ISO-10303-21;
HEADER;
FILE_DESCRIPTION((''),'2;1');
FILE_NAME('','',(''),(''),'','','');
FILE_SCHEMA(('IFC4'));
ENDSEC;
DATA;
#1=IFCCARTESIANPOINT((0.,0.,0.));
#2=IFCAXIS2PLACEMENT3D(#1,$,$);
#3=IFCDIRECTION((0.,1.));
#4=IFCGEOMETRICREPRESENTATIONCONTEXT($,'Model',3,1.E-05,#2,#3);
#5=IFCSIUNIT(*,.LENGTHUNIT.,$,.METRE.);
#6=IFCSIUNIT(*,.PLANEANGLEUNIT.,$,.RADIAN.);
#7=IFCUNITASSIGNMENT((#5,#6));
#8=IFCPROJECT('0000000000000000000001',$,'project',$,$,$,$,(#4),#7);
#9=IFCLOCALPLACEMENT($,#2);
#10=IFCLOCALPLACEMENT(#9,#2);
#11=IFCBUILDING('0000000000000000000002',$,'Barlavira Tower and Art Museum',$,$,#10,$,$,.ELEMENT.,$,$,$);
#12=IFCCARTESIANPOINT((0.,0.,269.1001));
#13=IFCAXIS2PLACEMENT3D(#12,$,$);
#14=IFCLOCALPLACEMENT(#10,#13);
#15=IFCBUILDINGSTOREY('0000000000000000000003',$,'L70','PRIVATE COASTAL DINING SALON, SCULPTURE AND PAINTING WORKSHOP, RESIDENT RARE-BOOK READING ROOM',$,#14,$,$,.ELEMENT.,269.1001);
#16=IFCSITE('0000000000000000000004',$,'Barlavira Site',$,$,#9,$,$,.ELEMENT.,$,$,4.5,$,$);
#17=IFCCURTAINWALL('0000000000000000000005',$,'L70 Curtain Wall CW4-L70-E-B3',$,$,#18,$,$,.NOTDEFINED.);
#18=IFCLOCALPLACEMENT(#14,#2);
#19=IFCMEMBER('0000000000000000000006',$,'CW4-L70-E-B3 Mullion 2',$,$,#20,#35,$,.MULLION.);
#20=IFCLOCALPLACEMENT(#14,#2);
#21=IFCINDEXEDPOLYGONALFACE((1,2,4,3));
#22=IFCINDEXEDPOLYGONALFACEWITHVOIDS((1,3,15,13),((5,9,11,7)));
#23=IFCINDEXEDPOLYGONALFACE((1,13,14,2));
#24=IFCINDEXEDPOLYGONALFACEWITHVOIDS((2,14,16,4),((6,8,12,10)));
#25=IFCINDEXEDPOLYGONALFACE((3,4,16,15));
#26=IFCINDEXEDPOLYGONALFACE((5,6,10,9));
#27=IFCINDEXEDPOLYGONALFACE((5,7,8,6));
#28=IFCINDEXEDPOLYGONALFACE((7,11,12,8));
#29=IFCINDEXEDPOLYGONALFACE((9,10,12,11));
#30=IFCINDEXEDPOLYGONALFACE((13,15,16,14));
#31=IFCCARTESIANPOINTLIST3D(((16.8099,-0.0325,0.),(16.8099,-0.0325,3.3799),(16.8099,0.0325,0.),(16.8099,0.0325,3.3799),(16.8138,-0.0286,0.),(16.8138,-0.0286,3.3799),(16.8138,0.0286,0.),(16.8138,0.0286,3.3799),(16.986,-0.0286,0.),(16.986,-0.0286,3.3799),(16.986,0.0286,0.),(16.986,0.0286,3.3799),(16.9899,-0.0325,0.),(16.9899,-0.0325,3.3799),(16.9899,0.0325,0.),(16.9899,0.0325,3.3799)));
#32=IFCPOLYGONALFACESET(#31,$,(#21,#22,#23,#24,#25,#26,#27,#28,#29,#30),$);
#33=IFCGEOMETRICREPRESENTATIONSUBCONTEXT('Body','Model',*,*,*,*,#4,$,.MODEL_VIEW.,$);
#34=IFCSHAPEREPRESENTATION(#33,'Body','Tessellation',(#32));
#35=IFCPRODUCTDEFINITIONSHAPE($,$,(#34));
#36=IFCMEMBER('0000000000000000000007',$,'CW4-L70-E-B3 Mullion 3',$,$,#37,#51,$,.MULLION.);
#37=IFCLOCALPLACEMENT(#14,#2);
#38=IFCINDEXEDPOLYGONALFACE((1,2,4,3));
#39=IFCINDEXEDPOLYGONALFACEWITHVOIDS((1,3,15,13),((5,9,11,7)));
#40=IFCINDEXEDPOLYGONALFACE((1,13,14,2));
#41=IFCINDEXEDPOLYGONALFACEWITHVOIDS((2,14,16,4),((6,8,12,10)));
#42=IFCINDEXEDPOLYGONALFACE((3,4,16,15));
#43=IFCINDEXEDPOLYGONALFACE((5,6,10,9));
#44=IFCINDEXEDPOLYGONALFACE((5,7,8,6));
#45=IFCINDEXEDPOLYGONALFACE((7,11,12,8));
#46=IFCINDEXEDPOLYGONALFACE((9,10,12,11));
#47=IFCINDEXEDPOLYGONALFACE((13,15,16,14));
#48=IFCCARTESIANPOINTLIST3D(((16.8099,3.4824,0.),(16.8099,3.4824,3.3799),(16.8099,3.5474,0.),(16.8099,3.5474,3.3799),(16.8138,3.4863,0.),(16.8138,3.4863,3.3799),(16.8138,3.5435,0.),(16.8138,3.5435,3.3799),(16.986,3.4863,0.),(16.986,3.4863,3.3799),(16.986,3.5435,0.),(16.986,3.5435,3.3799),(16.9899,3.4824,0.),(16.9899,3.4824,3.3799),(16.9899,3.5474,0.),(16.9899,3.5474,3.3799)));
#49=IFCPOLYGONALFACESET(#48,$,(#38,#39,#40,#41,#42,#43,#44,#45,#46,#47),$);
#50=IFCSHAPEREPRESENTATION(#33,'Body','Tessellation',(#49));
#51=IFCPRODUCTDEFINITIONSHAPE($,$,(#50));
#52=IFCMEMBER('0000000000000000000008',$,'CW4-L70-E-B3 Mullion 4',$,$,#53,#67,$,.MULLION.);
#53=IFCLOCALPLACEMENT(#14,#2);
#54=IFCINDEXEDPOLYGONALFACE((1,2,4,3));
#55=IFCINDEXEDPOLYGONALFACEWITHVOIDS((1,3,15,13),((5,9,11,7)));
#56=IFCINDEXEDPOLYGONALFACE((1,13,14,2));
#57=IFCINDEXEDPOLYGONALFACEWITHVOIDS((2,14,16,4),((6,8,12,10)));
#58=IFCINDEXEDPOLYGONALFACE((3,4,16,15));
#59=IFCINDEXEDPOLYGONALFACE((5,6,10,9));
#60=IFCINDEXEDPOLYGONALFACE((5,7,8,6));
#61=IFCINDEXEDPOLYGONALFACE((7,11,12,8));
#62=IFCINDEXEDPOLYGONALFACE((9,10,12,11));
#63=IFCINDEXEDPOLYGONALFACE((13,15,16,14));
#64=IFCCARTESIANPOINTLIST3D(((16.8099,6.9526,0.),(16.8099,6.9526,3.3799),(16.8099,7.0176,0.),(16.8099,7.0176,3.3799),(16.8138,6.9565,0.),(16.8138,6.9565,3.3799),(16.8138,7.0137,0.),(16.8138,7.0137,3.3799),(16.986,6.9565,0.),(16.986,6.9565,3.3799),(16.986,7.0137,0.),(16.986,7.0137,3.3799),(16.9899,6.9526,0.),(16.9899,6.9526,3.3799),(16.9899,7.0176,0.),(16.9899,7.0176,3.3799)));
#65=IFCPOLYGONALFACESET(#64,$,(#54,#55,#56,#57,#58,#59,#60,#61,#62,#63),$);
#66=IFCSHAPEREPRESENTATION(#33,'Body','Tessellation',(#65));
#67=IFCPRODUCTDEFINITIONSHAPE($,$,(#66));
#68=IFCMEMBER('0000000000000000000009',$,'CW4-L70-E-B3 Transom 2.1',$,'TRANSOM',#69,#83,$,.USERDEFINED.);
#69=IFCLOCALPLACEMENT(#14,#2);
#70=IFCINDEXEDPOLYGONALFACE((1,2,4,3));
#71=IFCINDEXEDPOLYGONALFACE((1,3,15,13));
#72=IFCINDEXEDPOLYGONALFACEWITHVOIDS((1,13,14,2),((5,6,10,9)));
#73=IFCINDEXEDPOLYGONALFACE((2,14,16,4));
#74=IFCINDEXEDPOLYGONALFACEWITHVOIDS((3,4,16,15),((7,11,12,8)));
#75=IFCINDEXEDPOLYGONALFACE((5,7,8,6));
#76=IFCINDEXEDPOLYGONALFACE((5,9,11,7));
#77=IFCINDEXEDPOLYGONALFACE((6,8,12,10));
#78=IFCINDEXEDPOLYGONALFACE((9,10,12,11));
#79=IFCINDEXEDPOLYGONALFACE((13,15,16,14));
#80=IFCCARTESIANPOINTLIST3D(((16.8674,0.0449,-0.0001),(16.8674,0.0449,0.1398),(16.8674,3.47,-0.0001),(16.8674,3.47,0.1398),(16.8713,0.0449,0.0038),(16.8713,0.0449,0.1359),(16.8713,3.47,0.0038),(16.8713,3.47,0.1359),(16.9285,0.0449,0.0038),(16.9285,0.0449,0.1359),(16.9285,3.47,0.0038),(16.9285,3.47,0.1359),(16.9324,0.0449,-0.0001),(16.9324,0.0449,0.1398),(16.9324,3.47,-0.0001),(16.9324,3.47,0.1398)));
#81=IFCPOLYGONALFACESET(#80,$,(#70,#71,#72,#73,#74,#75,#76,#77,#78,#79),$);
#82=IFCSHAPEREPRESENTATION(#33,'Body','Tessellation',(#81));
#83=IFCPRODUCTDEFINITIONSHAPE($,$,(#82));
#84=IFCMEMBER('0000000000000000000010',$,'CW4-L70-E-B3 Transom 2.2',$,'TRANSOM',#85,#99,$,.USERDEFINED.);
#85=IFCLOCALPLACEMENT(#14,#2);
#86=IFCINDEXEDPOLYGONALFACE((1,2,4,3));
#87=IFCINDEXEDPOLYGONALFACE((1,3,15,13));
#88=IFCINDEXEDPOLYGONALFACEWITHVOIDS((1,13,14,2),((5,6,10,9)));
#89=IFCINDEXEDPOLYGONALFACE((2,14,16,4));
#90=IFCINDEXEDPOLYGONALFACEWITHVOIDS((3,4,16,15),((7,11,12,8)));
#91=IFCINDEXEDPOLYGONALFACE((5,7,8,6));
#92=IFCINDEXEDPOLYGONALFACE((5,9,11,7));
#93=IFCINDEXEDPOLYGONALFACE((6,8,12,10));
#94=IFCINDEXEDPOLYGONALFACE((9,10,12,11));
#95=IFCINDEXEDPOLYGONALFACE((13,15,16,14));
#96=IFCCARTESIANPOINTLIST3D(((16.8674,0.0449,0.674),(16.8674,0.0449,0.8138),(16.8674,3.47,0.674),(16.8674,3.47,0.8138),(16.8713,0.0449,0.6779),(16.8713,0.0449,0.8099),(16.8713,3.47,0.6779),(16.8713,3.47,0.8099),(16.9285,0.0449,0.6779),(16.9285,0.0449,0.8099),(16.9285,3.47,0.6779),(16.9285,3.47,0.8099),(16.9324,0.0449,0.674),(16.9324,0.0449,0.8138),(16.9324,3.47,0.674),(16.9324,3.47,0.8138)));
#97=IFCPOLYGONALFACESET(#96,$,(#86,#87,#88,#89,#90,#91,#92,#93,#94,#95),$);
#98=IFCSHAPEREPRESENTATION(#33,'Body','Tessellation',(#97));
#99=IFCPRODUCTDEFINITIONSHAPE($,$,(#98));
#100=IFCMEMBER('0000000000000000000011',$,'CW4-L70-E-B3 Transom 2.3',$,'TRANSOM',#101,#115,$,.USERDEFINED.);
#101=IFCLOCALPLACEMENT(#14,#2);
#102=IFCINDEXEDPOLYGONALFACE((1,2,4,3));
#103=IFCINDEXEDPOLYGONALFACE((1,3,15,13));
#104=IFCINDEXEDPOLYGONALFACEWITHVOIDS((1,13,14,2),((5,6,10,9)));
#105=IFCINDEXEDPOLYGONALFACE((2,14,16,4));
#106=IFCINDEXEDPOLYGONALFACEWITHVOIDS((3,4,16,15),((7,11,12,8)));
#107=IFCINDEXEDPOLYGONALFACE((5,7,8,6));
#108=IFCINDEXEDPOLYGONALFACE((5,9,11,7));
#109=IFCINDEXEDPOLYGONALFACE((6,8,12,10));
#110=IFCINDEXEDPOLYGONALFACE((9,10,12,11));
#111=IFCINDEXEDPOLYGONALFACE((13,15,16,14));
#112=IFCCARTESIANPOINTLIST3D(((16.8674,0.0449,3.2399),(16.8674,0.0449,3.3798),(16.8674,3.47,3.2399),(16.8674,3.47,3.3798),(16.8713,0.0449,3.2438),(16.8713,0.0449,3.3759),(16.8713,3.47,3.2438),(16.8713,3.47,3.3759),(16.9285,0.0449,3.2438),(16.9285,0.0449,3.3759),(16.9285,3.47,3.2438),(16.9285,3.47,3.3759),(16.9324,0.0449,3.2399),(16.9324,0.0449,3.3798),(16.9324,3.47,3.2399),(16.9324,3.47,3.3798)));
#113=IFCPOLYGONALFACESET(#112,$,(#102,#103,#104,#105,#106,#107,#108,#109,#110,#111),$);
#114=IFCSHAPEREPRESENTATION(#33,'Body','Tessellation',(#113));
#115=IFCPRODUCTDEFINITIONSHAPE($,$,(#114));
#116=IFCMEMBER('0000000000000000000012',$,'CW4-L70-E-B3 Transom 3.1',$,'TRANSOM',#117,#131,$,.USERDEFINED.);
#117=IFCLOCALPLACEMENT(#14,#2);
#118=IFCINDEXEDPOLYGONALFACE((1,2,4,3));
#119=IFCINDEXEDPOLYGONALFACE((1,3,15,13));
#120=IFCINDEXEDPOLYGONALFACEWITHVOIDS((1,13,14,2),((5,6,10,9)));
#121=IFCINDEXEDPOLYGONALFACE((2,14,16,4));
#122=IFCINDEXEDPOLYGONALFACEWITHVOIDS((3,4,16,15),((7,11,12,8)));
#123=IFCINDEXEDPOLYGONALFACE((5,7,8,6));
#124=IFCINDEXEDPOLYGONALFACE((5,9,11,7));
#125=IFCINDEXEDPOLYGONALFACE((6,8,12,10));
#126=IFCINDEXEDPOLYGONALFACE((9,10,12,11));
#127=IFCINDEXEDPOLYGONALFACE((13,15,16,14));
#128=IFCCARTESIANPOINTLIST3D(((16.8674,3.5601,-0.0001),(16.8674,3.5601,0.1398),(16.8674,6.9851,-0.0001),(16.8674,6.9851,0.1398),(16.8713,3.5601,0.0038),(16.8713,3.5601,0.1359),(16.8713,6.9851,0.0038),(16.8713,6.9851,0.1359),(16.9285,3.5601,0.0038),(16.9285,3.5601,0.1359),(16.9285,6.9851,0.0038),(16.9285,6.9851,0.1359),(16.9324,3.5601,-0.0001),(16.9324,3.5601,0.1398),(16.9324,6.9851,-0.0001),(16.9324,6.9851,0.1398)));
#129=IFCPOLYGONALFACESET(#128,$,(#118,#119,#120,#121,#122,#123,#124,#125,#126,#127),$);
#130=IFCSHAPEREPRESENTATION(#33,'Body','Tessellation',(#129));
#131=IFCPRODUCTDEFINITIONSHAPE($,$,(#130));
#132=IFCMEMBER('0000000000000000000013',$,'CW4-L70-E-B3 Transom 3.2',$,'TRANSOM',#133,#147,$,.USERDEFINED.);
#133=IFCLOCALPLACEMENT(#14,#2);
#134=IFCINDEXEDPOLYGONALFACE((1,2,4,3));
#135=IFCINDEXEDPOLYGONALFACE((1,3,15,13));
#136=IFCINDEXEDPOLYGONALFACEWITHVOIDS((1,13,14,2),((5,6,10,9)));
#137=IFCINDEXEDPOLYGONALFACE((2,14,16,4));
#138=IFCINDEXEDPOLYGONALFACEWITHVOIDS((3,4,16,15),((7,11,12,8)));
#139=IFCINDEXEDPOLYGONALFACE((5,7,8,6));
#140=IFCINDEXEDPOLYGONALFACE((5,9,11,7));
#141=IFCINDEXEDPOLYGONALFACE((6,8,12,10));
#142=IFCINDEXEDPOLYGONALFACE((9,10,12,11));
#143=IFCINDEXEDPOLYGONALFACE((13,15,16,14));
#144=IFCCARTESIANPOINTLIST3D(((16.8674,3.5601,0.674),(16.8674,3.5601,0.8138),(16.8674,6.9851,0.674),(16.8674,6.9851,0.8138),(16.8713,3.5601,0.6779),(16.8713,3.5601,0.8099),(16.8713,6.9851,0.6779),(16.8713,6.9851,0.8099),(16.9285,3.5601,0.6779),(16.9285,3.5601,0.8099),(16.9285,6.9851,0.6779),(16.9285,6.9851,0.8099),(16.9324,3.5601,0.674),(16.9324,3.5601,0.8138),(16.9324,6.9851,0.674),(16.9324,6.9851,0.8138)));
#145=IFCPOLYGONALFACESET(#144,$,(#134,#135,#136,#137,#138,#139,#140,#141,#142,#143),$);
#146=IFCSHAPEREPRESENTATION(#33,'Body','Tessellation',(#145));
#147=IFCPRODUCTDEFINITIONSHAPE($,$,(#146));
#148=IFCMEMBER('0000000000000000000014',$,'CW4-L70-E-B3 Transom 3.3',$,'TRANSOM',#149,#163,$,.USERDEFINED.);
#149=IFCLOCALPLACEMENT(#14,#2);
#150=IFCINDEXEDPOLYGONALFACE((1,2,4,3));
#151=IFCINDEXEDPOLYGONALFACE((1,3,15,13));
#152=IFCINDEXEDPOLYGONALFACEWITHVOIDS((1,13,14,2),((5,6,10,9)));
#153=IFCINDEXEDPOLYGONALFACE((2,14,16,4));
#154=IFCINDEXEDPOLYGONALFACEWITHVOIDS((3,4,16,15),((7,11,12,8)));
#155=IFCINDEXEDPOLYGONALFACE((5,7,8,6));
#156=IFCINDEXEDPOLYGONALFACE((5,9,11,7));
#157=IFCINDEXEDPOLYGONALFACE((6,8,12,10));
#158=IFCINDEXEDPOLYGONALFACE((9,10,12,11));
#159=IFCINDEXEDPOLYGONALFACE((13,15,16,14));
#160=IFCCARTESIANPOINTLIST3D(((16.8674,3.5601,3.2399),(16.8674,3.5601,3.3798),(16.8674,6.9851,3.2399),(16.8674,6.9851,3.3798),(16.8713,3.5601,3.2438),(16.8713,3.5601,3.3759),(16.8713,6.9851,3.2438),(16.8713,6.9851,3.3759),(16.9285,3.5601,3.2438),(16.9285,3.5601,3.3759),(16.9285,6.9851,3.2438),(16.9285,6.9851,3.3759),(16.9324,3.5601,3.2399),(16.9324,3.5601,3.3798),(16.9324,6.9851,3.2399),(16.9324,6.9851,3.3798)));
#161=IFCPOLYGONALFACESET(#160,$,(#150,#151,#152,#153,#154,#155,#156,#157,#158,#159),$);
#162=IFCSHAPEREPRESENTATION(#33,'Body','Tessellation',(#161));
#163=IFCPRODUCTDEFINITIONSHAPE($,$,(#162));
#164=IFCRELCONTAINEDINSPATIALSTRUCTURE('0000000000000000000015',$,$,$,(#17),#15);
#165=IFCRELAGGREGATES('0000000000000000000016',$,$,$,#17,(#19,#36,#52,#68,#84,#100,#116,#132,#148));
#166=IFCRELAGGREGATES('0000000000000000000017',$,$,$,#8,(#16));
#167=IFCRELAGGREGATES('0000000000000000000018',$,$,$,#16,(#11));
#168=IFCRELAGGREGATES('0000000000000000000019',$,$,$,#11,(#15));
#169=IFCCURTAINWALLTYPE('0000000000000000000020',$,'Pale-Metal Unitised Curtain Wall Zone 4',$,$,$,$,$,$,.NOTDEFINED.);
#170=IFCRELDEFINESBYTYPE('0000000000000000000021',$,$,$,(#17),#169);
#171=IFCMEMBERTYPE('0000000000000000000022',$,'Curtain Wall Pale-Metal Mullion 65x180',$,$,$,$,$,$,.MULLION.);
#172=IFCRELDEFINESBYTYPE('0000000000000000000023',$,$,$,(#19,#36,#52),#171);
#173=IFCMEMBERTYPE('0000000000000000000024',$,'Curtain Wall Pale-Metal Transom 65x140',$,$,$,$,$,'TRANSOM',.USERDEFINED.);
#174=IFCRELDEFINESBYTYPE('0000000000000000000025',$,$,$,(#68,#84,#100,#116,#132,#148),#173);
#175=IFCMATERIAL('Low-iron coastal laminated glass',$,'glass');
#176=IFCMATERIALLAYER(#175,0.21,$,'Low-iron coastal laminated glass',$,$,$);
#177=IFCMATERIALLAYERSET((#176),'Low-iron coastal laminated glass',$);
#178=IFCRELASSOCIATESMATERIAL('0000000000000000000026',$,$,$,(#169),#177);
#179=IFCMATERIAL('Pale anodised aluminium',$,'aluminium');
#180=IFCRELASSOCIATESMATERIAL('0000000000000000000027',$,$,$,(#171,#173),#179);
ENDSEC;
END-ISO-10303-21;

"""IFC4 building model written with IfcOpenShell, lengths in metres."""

from ifc_helpers import new_model, si_unit, direction, frame, origin, origin_2d, place, context, subcontext, project, spatial, hollow_rectangle, extrude, material, layer, layer_set, material_profile, profile_set, type_object, element, aggregate, save


model = new_model("IFC4")

# Units and contexts
model_context = context("Model", 3, precision=1e-05, world=origin(), true_north=direction((0.0, 1.0)))
body_context = subcontext(model_context, "Body", "Model", "MODEL_VIEW")
ifc_project = project(units=[si_unit("LENGTHUNIT", "METRE"), si_unit("PLANEANGLEUNIT", "RADIAN")], contexts=[model_context])

# Site, building, storey
site_placement = place(None, origin())
site = spatial("IfcSite", under=ifc_project, at=site_placement, Name="Barlavira Site", CompositionType="ELEMENT", RefElevation=4.5)
building_placement = place(site_placement, origin())
building = spatial("IfcBuilding", under=site, at=building_placement, Name="Barlavira Tower and Art Museum", CompositionType="ELEMENT")
storey_placement = place(building_placement, frame((0.0, 0.0, 269.1001)))
storey = spatial("IfcBuildingStorey", under=building, at=storey_placement, Name="L70", Description="PRIVATE COASTAL DINING SALON, SCULPTURE AND PAINTING WORKSHOP, RESIDENT RARE-BOOK READING ROOM", CompositionType="ELEMENT", Elevation=269.1001)

# Curtain wall, members
ifc_material_1 = material(Name="Low-iron coastal laminated glass", Category="glass")
ifc_layer_1 = layer(ifc_material_1, 0.21, Name="Low-iron coastal laminated glass")
ifc_layer_set_1 = layer_set([ifc_layer_1], Name="Low-iron coastal laminated glass")
curtain_wall_type = type_object("IfcCurtainWallType", Name="Pale-Metal Unitised Curtain Wall Zone 4", PredefinedType="NOTDEFINED", material=ifc_layer_set_1)
curtain_wall_placement = place(storey_placement, origin())
curtain_wall = element("IfcCurtainWall", 1, at=curtain_wall_placement, inside=storey, type_object=curtain_wall_type, Name="L70 Curtain Wall CW4-L70-E-B3", PredefinedType="NOTDEFINED")
ifc_material_2 = material(Name="Pale anodised aluminium", Category="aluminium")
ifc_material_profile_1 = material_profile(ifc_material_2, hollow_rectangle(XDim=0.0649, YDim=0.1799, WallThickness=0.0039, at=origin_2d()), Name="ALU-MULL 65x180x4")
ifc_profile_set_1 = profile_set([ifc_material_profile_1], Name="Pale anodised aluminium")
member_type_1 = type_object("IfcMemberType", Name="Curtain Wall Pale-Metal Mullion 65x180", PredefinedType="MULLION", material=ifc_profile_set_1)
member_1_placement = place(storey_placement, frame((16.8999, 0.0, 0.0), z_axis=(0.0, 0.0, 1.0), x_axis=(0.0, 1.0, 0.0)))
member_1 = element("IfcMember", 2, at=member_1_placement, type_object=member_type_1, Name="CW4-L70-E-B3 Mullion 2", PredefinedType="MULLION", context=body_context, shape_type="SweptSolid", body=[
    extrude(hollow_rectangle(XDim=0.0649, YDim=0.1799, WallThickness=0.0039, at=origin_2d()), origin(), (0.0, 0.0, 1.0), 3.3799),
])
member_2_placement = place(storey_placement, frame((16.8999, 3.5149, 0.0), z_axis=(0.0, 0.0, 1.0), x_axis=(0.0, 1.0, 0.0)))
member_2 = element("IfcMember", 3, at=member_2_placement, type_object=member_type_1, Name="CW4-L70-E-B3 Mullion 3", PredefinedType="MULLION", context=body_context, shape_type="SweptSolid", body=[
    extrude(hollow_rectangle(XDim=0.0649, YDim=0.1799, WallThickness=0.0039, at=origin_2d()), origin(), (0.0, 0.0, 1.0), 3.3799),
])
member_3_placement = place(storey_placement, frame((16.8999, 6.9851, 0.0), z_axis=(0.0, 0.0, 1.0), x_axis=(0.0, 1.0, 0.0)))
member_3 = element("IfcMember", 4, at=member_3_placement, type_object=member_type_1, Name="CW4-L70-E-B3 Mullion 4", PredefinedType="MULLION", context=body_context, shape_type="SweptSolid", body=[
    extrude(hollow_rectangle(XDim=0.0649, YDim=0.1799, WallThickness=0.0039, at=origin_2d()), origin(), (0.0, 0.0, 1.0), 3.3799),
])
ifc_material_profile_2 = material_profile(ifc_material_2, hollow_rectangle(XDim=0.0649, YDim=0.1399, WallThickness=0.0039, at=origin_2d()), Name="ALU-TRAN 65x140x4")
ifc_profile_set_2 = profile_set([ifc_material_profile_2], Name="Pale anodised aluminium")
member_type_2 = type_object("IfcMemberType", Name="Curtain Wall Pale-Metal Transom 65x140", ElementType="TRANSOM", PredefinedType="USERDEFINED", material=ifc_profile_set_2)
member_4_placement = place(storey_placement, frame((16.8999, 0.0449, 0.0698), z_axis=(0.0, 1.0, 0.0), x_axis=(-1.0, 0.0, 0.0)))
member_4 = element("IfcMember", 5, at=member_4_placement, type_object=member_type_2, Name="CW4-L70-E-B3 Transom 2.1", ObjectType="TRANSOM", PredefinedType="USERDEFINED", context=body_context, shape_type="SweptSolid", body=[
    extrude(hollow_rectangle(XDim=0.0649, YDim=0.1399, WallThickness=0.0039, at=origin_2d()), origin(), (0.0, 0.0, 1.0), 3.425),
])
member_5_placement = place(storey_placement, frame((16.8999, 0.0449, 0.7439), z_axis=(0.0, 1.0, 0.0), x_axis=(-1.0, 0.0, 0.0)))
member_5 = element("IfcMember", 6, at=member_5_placement, type_object=member_type_2, Name="CW4-L70-E-B3 Transom 2.2", ObjectType="TRANSOM", PredefinedType="USERDEFINED", context=body_context, shape_type="SweptSolid", body=[
    extrude(hollow_rectangle(XDim=0.0649, YDim=0.1399, WallThickness=0.0039, at=origin_2d()), origin(), (0.0, 0.0, 1.0), 3.425),
])
member_6_placement = place(storey_placement, frame((16.8999, 0.0449, 3.3098), z_axis=(0.0, 1.0, 0.0), x_axis=(-1.0, 0.0, 0.0)))
member_6 = element("IfcMember", 7, at=member_6_placement, type_object=member_type_2, Name="CW4-L70-E-B3 Transom 2.3", ObjectType="TRANSOM", PredefinedType="USERDEFINED", context=body_context, shape_type="SweptSolid", body=[
    extrude(hollow_rectangle(XDim=0.0649, YDim=0.1399, WallThickness=0.0039, at=origin_2d()), origin(), (0.0, 0.0, 1.0), 3.425),
])
member_7_placement = place(storey_placement, frame((16.8999, 3.5601, 0.0698), z_axis=(0.0, 1.0, 0.0), x_axis=(-1.0, 0.0, 0.0)))
member_7 = element("IfcMember", 8, at=member_7_placement, type_object=member_type_2, Name="CW4-L70-E-B3 Transom 3.1", ObjectType="TRANSOM", PredefinedType="USERDEFINED", context=body_context, shape_type="SweptSolid", body=[
    extrude(hollow_rectangle(XDim=0.0649, YDim=0.1399, WallThickness=0.0039, at=origin_2d()), origin(), (0.0, 0.0, 1.0), 3.425),
])
member_8_placement = place(storey_placement, frame((16.8999, 3.5601, 0.7439), z_axis=(0.0, 1.0, 0.0), x_axis=(-1.0, 0.0, 0.0)))
member_8 = element("IfcMember", 9, at=member_8_placement, type_object=member_type_2, Name="CW4-L70-E-B3 Transom 3.2", ObjectType="TRANSOM", PredefinedType="USERDEFINED", context=body_context, shape_type="SweptSolid", body=[
    extrude(hollow_rectangle(XDim=0.0649, YDim=0.1399, WallThickness=0.0039, at=origin_2d()), origin(), (0.0, 0.0, 1.0), 3.425),
])
member_9_placement = place(storey_placement, frame((16.8999, 3.5601, 3.3098), z_axis=(0.0, 1.0, 0.0), x_axis=(-1.0, 0.0, 0.0)))
member_9 = element("IfcMember", 10, at=member_9_placement, type_object=member_type_2, Name="CW4-L70-E-B3 Transom 3.3", ObjectType="TRANSOM", PredefinedType="USERDEFINED", context=body_context, shape_type="SweptSolid", body=[
    extrude(hollow_rectangle(XDim=0.0649, YDim=0.1399, WallThickness=0.0039, at=origin_2d()), origin(), (0.0, 0.0, 1.0), 3.425),
])

aggregate(curtain_wall, [member_1, member_2, member_3, member_4, member_5, member_6, member_7, member_8, member_9])

save(model, "model.ifc")
